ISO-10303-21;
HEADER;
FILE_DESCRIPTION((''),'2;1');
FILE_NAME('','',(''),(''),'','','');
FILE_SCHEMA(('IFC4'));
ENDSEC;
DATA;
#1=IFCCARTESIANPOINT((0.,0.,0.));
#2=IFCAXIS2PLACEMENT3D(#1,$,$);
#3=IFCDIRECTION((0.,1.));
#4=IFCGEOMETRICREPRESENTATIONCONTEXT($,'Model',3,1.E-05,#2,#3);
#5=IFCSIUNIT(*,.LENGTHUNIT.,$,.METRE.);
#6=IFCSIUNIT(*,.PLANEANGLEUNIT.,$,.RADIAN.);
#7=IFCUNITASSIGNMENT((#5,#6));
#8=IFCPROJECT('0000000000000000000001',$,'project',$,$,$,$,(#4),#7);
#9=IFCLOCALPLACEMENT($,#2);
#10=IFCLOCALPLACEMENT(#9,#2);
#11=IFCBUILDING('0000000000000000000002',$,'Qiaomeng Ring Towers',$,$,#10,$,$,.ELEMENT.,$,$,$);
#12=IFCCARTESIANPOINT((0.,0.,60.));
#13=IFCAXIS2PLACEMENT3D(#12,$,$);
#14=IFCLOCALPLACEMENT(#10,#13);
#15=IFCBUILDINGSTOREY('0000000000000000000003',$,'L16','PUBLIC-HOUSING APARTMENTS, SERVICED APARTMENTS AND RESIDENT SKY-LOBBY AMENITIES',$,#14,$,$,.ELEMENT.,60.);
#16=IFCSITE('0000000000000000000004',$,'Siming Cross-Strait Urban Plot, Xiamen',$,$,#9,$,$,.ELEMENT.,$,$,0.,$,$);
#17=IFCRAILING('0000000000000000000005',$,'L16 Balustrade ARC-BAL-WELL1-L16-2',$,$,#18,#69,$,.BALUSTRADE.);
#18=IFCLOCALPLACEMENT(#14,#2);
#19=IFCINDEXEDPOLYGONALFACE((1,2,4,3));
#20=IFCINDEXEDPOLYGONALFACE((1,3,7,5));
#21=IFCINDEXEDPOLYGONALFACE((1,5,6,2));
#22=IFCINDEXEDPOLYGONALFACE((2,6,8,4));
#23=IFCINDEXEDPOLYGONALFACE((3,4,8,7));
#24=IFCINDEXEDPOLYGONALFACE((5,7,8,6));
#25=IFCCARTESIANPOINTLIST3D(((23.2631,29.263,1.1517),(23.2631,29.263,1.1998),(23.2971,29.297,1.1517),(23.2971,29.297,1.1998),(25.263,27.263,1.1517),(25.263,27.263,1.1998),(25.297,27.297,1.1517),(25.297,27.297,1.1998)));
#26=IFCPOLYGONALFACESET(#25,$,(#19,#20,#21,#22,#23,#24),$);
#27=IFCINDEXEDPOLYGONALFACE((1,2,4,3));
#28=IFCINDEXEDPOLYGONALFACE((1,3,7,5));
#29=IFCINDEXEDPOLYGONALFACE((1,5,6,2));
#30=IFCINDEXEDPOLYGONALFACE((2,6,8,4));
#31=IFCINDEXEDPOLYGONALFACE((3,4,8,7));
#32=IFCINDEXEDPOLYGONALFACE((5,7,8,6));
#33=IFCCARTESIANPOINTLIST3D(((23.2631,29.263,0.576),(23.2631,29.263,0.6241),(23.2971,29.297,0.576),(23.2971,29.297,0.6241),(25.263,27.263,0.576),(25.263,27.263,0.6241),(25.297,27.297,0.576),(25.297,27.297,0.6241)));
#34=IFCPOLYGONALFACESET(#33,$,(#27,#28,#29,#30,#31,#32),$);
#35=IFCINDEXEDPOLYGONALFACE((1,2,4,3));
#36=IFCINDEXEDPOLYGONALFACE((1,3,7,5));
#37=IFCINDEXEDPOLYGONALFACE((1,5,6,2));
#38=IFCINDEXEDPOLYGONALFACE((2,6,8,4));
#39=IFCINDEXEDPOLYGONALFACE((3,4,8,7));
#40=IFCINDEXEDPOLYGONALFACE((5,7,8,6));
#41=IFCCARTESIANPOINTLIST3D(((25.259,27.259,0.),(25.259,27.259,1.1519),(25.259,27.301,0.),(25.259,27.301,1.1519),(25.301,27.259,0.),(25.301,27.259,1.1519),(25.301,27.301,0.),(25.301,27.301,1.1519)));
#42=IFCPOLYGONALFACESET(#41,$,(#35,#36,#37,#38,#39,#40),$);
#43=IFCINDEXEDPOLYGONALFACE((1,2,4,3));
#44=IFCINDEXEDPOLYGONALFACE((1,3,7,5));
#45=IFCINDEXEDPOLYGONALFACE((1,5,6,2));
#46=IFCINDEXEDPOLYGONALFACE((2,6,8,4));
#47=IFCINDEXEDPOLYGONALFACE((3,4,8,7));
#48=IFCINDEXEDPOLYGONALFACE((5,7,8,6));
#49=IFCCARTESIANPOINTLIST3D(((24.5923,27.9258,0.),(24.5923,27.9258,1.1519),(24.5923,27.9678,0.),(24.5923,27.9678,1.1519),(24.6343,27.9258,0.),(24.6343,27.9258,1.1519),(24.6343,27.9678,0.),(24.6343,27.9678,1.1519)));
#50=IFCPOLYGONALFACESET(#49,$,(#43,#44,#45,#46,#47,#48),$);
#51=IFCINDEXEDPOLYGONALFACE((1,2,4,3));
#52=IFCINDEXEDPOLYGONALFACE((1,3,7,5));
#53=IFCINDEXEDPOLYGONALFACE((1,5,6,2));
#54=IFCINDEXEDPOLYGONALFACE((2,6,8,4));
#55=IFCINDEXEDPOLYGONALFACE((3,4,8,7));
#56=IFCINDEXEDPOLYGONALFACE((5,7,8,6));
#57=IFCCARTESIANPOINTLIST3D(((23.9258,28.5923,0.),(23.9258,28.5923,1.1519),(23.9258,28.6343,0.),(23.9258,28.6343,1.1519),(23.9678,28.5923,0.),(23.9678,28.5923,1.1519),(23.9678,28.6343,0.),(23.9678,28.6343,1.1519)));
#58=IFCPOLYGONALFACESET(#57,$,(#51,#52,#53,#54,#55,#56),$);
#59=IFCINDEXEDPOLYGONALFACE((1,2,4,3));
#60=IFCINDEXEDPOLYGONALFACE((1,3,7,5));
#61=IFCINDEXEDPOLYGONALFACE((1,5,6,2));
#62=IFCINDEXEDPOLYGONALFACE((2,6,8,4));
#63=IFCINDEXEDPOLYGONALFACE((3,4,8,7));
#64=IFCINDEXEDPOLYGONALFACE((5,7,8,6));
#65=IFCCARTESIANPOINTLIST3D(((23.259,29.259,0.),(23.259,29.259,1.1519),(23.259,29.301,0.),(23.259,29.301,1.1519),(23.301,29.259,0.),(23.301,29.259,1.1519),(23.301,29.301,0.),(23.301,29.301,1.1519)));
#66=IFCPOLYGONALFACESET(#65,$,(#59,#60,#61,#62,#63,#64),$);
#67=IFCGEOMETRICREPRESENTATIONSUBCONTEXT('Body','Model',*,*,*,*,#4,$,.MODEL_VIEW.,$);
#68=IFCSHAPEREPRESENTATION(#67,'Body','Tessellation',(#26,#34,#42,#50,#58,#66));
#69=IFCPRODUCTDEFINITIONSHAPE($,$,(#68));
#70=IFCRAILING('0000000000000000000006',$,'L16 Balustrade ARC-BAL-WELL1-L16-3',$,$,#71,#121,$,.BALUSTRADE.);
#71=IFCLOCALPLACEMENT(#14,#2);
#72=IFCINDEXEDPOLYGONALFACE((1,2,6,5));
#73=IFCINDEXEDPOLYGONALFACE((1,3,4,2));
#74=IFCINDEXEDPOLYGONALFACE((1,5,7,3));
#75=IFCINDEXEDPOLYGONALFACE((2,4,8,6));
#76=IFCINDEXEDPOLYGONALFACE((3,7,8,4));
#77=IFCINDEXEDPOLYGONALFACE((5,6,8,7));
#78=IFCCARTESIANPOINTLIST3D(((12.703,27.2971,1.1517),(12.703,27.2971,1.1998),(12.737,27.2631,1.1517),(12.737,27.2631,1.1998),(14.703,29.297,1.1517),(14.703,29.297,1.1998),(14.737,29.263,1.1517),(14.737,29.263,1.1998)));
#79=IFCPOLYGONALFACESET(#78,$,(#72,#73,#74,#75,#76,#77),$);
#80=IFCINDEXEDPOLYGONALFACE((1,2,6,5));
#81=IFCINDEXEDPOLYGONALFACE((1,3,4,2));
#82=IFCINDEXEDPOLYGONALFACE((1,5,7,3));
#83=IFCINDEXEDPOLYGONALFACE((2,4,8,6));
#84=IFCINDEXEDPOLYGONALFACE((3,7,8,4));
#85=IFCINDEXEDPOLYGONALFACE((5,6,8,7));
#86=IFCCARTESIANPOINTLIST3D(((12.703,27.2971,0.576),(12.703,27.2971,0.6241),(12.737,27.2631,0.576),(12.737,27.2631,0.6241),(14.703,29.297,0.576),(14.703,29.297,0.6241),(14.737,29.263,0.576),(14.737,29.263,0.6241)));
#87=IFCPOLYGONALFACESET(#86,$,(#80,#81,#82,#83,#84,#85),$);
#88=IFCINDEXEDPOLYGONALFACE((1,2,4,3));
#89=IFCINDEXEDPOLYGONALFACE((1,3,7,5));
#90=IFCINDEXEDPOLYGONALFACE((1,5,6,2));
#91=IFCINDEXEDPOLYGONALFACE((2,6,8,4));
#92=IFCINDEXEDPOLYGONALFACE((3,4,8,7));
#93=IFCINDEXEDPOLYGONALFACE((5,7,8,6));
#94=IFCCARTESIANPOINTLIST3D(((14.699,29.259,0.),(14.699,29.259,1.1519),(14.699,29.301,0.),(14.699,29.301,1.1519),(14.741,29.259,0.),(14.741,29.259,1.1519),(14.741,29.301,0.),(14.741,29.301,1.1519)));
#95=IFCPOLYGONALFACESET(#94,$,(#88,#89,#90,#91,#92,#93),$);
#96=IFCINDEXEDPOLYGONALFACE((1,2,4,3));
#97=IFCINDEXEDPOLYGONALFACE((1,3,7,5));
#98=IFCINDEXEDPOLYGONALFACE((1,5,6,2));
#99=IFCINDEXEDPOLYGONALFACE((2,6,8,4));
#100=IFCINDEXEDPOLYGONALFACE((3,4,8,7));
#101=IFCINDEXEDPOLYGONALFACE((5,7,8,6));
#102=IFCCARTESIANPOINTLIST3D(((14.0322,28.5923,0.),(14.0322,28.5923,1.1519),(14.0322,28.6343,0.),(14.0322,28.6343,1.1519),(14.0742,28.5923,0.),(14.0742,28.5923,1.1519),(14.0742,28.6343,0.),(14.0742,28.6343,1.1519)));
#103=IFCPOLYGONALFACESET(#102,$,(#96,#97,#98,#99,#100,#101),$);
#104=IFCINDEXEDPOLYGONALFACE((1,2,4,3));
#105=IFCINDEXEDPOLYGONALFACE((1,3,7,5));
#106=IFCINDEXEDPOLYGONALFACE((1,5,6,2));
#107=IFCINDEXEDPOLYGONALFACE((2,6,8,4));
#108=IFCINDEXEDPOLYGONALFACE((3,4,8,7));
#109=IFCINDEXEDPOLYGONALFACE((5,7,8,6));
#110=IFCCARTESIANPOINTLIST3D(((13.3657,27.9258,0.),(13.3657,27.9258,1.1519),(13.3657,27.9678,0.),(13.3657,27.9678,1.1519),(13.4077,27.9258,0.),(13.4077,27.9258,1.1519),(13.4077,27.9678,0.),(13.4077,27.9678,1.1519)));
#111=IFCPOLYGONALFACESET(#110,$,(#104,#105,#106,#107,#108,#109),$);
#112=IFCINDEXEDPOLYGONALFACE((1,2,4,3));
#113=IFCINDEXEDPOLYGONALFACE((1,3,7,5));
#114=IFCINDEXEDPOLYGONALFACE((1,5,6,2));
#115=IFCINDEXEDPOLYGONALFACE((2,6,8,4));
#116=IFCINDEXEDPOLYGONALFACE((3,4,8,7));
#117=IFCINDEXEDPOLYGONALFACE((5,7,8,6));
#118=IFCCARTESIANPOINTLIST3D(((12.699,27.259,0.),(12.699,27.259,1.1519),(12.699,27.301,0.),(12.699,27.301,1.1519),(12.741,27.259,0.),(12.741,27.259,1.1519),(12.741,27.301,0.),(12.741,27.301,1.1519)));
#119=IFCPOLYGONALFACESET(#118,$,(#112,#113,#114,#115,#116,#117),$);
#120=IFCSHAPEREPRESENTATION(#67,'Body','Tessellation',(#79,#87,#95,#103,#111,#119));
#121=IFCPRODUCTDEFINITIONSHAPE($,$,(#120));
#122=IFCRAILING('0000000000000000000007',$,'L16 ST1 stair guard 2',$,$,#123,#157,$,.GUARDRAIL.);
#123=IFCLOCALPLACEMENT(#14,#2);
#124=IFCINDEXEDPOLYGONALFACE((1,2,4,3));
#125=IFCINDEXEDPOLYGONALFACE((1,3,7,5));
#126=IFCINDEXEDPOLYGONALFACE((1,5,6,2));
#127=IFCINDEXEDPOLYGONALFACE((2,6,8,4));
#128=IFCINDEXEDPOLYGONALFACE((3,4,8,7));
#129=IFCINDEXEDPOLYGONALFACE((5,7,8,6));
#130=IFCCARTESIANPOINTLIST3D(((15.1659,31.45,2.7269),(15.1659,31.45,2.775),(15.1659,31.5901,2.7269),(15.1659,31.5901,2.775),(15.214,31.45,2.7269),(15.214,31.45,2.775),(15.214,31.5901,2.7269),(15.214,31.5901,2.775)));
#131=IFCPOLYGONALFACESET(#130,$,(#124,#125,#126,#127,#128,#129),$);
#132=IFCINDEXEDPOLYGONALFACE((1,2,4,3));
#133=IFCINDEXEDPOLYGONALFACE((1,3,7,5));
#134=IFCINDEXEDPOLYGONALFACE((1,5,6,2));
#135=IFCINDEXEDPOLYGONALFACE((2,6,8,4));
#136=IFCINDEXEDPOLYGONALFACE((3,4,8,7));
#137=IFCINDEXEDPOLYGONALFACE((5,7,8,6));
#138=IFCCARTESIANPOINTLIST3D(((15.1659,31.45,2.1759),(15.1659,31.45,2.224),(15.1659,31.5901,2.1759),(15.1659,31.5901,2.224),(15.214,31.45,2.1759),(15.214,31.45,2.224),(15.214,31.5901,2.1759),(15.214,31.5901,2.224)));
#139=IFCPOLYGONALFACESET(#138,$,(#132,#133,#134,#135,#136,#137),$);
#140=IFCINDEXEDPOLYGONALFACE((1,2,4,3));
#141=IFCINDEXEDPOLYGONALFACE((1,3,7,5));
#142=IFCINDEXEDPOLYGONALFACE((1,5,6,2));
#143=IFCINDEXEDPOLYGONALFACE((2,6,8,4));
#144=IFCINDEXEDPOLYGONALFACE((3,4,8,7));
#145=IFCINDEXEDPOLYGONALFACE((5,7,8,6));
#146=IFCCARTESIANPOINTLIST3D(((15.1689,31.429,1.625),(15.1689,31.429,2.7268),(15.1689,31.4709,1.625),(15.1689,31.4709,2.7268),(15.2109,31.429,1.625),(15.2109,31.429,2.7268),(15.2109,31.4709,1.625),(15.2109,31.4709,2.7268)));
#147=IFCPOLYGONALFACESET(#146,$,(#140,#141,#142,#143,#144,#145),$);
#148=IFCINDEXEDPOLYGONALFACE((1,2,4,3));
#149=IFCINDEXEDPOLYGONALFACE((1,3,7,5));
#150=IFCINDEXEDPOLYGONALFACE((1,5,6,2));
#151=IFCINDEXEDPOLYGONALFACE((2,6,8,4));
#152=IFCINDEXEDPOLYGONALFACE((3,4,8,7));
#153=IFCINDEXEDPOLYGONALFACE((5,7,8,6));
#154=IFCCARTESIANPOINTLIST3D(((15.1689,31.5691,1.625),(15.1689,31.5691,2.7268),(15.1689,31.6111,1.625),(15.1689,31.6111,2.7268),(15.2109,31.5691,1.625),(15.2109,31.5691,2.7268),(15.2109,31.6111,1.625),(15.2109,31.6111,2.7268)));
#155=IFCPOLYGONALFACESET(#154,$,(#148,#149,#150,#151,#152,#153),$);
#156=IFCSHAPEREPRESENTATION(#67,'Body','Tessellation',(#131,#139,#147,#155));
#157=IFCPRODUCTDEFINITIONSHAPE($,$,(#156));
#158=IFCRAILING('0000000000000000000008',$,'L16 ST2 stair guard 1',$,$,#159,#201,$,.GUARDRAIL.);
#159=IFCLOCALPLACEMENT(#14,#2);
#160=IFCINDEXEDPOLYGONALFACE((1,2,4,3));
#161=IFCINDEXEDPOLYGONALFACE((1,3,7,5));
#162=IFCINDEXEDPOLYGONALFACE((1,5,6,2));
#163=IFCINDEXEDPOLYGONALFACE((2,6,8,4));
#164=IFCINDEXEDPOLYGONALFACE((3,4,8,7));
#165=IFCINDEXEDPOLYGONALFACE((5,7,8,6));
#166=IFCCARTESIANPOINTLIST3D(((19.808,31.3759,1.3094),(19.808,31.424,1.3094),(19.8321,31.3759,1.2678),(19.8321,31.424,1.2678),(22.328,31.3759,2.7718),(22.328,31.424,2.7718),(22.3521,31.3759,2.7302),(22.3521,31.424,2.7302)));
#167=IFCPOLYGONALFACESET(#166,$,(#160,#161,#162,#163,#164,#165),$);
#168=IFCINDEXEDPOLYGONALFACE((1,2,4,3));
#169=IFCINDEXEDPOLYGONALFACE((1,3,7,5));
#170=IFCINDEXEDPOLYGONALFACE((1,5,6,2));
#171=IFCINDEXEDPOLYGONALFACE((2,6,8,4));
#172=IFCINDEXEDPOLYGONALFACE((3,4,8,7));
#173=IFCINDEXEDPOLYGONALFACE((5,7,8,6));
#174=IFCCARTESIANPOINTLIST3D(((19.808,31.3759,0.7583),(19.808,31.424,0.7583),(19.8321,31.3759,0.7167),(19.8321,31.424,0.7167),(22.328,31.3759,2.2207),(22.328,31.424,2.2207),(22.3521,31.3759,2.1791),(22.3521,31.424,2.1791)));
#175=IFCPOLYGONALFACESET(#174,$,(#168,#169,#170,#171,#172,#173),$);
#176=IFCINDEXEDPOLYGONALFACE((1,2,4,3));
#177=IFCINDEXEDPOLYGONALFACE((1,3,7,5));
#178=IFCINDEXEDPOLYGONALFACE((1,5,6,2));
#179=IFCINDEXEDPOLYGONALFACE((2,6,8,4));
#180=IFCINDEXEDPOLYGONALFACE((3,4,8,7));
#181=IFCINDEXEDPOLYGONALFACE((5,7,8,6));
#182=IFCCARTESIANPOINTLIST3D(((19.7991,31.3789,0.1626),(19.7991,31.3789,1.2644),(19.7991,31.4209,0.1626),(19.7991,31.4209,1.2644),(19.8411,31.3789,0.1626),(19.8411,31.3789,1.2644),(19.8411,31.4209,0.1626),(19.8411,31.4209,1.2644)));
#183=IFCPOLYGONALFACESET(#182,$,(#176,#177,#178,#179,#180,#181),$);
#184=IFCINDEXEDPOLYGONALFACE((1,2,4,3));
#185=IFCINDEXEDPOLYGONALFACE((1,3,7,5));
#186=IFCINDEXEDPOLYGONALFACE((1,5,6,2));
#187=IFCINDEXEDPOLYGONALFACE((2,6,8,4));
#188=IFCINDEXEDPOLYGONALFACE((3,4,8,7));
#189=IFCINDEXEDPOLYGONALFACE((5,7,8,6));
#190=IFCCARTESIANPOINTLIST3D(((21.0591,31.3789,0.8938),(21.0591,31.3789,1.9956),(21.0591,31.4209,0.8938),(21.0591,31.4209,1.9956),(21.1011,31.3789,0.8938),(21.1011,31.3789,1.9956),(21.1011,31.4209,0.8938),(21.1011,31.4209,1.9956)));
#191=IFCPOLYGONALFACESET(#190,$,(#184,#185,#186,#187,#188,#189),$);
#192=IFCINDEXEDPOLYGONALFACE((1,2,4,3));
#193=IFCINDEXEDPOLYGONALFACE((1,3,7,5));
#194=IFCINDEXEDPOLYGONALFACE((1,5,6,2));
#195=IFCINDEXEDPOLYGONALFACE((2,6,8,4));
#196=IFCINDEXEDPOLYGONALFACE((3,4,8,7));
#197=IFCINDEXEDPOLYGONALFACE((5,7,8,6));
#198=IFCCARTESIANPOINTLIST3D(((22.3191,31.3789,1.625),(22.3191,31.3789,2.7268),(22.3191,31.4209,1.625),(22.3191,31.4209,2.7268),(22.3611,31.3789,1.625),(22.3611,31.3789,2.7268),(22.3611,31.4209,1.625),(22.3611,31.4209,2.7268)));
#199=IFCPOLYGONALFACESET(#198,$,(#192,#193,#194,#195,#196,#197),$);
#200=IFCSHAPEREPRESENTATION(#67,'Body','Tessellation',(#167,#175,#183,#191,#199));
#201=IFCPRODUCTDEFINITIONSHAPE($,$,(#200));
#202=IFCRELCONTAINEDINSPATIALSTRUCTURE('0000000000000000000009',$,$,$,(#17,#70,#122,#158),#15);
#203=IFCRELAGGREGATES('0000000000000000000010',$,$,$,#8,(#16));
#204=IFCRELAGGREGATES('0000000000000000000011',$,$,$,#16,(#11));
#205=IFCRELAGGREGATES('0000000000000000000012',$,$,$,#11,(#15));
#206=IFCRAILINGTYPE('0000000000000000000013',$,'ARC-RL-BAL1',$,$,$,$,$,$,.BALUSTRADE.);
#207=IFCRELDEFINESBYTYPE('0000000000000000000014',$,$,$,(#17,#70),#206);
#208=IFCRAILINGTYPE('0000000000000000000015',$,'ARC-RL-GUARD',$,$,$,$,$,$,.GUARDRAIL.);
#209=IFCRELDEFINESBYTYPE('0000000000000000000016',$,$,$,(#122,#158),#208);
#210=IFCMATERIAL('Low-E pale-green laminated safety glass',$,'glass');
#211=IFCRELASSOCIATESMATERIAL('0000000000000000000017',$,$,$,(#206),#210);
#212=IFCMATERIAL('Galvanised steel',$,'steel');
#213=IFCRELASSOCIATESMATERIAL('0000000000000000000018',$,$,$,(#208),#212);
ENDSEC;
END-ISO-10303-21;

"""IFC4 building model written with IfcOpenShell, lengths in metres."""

from ifc_helpers import new_model, si_unit, direction, frame, origin, origin_2d, place, context, subcontext, project, spatial, rectangle, extrude, material, type_object, element, save


model = new_model("IFC4")

# Units and contexts
model_context = context("Model", 3, precision=1e-05, world=origin(), true_north=direction((0.0, 1.0)))
body_context = subcontext(model_context, "Body", "Model", "MODEL_VIEW")
ifc_project = project(units=[si_unit("LENGTHUNIT", "METRE"), si_unit("PLANEANGLEUNIT", "RADIAN")], contexts=[model_context])

# Site, building, storey
site_placement = place(None, origin())
site = spatial("IfcSite", under=ifc_project, at=site_placement, Name="Siming Cross-Strait Urban Plot, Xiamen", CompositionType="ELEMENT", RefElevation=0.0)
building_placement = place(site_placement, origin())
building = spatial("IfcBuilding", under=site, at=building_placement, Name="Qiaomeng Ring Towers", CompositionType="ELEMENT")
storey_placement = place(building_placement, frame((0.0, 0.0, 60.0)))
storey = spatial("IfcBuildingStorey", under=building, at=storey_placement, Name="L16", Description="PUBLIC-HOUSING APARTMENTS, SERVICED APARTMENTS AND RESIDENT SKY-LOBBY AMENITIES", CompositionType="ELEMENT", Elevation=60.0)

# Shared definitions
ifc_material_1 = material(Name="Galvanised steel", Category="steel")

# Railings
ifc_material_2 = material(Name="Low-E pale-green laminated safety glass", Category="glass")
railing_type_1 = type_object("IfcRailingType", Name="ARC-RL-BAL1", PredefinedType="BALUSTRADE", material=ifc_material_2)
railing_1_placement = place(storey_placement, frame((25.28, 27.28, 0.0)))
element("IfcRailing", 1, at=railing_1_placement, inside=storey, type_object=railing_type_1, Name="L16 Balustrade ARC-BAL-WELL1-L16-2", PredefinedType="BALUSTRADE", context=body_context, shape_type="SweptSolid", body=[
    extrude(rectangle(XDim=0.0481, YDim=0.0481, at=origin_2d()), frame((0.0, 0.0, 1.1758), z_axis=(-0.707107, 0.707107, 0.0), x_axis=(-0.707107, -0.707107, 0.0)), (0.0, 0.0, 1.0), 2.8284),
    extrude(rectangle(XDim=0.0481, YDim=0.0481, at=origin_2d()), frame((0.0, 0.0, 0.6001), z_axis=(-0.707107, 0.707107, 0.0), x_axis=(-0.707107, -0.707107, 0.0)), (0.0, 0.0, 1.0), 2.8284),
    extrude(rectangle(XDim=0.042, YDim=0.042, at=origin_2d()), origin(), (0.0, 0.0, 1.0), 1.1519),
    extrude(rectangle(XDim=0.042, YDim=0.042, at=origin_2d()), frame((-0.6667, 0.6667, 0.0)), (0.0, 0.0, 1.0), 1.1519),
    extrude(rectangle(XDim=0.042, YDim=0.042, at=origin_2d()), frame((-1.3333, 1.3333, 0.0)), (0.0, 0.0, 1.0), 1.1519),
    extrude(rectangle(XDim=0.042, YDim=0.042, at=origin_2d()), frame((-2.0, 2.0, 0.0)), (0.0, 0.0, 1.0), 1.1519),
])
railing_2_placement = place(storey_placement, frame((14.72, 29.28, 0.0)))
element("IfcRailing", 2, at=railing_2_placement, inside=storey, type_object=railing_type_1, Name="L16 Balustrade ARC-BAL-WELL1-L16-3", PredefinedType="BALUSTRADE", context=body_context, shape_type="SweptSolid", body=[
    extrude(rectangle(XDim=0.0481, YDim=0.0481, at=origin_2d()), frame((0.0, 0.0, 1.1758), z_axis=(-0.707107, -0.707107, 0.0), x_axis=(0.707107, -0.707107, 0.0)), (0.0, 0.0, 1.0), 2.8284),
    extrude(rectangle(XDim=0.0481, YDim=0.0481, at=origin_2d()), frame((0.0, 0.0, 0.6001), z_axis=(-0.707107, -0.707107, 0.0), x_axis=(0.707107, -0.707107, 0.0)), (0.0, 0.0, 1.0), 2.8284),
    extrude(rectangle(XDim=0.042, YDim=0.042, at=origin_2d()), origin(), (0.0, 0.0, 1.0), 1.1519),
    extrude(rectangle(XDim=0.042, YDim=0.042, at=origin_2d()), frame((-0.6667, -0.6667, 0.0)), (0.0, 0.0, 1.0), 1.1519),
    extrude(rectangle(XDim=0.042, YDim=0.042, at=origin_2d()), frame((-1.3333, -1.3333, 0.0)), (0.0, 0.0, 1.0), 1.1519),
    extrude(rectangle(XDim=0.042, YDim=0.042, at=origin_2d()), frame((-2.0, -2.0, 0.0)), (0.0, 0.0, 1.0), 1.1519),
])
railing_type_2 = type_object("IfcRailingType", Name="ARC-RL-GUARD", PredefinedType="GUARDRAIL", material=ifc_material_1)
railing_3_placement = place(storey_placement, frame((15.1899, 31.45, 1.625)))
element("IfcRailing", 3, at=railing_3_placement, inside=storey, type_object=railing_type_2, Name="L16 ST1 stair guard 2", PredefinedType="GUARDRAIL", context=body_context, shape_type="SweptSolid", body=[
    extrude(rectangle(XDim=0.0481, YDim=0.0481, at=origin_2d()), frame((0.0, 0.0, 1.126), z_axis=(0.0, 1.0, 0.0), x_axis=(-1.0, 0.0, 0.0)), (0.0, 0.0, 1.0), 0.1401),
    extrude(rectangle(XDim=0.0481, YDim=0.0481, at=origin_2d()), frame((0.0, 0.0, 0.575), z_axis=(0.0, 1.0, 0.0), x_axis=(-1.0, 0.0, 0.0)), (0.0, 0.0, 1.0), 0.1401),
    extrude(rectangle(XDim=0.042, YDim=0.042, at=origin_2d()), origin(), (0.0, 0.0, 1.0), 1.1018),
    extrude(rectangle(XDim=0.042, YDim=0.042, at=origin_2d()), frame((0.0, 0.1401, 0.0)), (0.0, 0.0, 1.0), 1.1018),
])
railing_4_placement = place(storey_placement, frame((19.8201, 31.3999, 0.1626)))
element("IfcRailing", 4, at=railing_4_placement, inside=storey, type_object=railing_type_2, Name="L16 ST2 stair guard 1", PredefinedType="GUARDRAIL", context=body_context, shape_type="SweptSolid", body=[
    extrude(rectangle(XDim=0.0481, YDim=0.0481, at=origin_2d()), frame((0.0, 0.0, 1.126), z_axis=(0.864913, 0.0, 0.501921), x_axis=(0.0, 1.0, 0.0)), (0.0, 0.0, 1.0), 2.9136),
    extrude(rectangle(XDim=0.0481, YDim=0.0481, at=origin_2d()), frame((0.0, 0.0, 0.575), z_axis=(0.864913, 0.0, 0.501921), x_axis=(0.0, 1.0, 0.0)), (0.0, 0.0, 1.0), 2.9136),
    extrude(rectangle(XDim=0.042, YDim=0.042, at=origin_2d()), origin(), (0.0, 0.0, 1.0), 1.1018),
    extrude(rectangle(XDim=0.042, YDim=0.042, at=origin_2d()), frame((1.26, 0.0, 0.7312)), (0.0, 0.0, 1.0), 1.1018),
    extrude(rectangle(XDim=0.042, YDim=0.042, at=origin_2d()), frame((2.52, 0.0, 1.4624)), (0.0, 0.0, 1.0), 1.1018),
])

save(model, "model.ifc")
